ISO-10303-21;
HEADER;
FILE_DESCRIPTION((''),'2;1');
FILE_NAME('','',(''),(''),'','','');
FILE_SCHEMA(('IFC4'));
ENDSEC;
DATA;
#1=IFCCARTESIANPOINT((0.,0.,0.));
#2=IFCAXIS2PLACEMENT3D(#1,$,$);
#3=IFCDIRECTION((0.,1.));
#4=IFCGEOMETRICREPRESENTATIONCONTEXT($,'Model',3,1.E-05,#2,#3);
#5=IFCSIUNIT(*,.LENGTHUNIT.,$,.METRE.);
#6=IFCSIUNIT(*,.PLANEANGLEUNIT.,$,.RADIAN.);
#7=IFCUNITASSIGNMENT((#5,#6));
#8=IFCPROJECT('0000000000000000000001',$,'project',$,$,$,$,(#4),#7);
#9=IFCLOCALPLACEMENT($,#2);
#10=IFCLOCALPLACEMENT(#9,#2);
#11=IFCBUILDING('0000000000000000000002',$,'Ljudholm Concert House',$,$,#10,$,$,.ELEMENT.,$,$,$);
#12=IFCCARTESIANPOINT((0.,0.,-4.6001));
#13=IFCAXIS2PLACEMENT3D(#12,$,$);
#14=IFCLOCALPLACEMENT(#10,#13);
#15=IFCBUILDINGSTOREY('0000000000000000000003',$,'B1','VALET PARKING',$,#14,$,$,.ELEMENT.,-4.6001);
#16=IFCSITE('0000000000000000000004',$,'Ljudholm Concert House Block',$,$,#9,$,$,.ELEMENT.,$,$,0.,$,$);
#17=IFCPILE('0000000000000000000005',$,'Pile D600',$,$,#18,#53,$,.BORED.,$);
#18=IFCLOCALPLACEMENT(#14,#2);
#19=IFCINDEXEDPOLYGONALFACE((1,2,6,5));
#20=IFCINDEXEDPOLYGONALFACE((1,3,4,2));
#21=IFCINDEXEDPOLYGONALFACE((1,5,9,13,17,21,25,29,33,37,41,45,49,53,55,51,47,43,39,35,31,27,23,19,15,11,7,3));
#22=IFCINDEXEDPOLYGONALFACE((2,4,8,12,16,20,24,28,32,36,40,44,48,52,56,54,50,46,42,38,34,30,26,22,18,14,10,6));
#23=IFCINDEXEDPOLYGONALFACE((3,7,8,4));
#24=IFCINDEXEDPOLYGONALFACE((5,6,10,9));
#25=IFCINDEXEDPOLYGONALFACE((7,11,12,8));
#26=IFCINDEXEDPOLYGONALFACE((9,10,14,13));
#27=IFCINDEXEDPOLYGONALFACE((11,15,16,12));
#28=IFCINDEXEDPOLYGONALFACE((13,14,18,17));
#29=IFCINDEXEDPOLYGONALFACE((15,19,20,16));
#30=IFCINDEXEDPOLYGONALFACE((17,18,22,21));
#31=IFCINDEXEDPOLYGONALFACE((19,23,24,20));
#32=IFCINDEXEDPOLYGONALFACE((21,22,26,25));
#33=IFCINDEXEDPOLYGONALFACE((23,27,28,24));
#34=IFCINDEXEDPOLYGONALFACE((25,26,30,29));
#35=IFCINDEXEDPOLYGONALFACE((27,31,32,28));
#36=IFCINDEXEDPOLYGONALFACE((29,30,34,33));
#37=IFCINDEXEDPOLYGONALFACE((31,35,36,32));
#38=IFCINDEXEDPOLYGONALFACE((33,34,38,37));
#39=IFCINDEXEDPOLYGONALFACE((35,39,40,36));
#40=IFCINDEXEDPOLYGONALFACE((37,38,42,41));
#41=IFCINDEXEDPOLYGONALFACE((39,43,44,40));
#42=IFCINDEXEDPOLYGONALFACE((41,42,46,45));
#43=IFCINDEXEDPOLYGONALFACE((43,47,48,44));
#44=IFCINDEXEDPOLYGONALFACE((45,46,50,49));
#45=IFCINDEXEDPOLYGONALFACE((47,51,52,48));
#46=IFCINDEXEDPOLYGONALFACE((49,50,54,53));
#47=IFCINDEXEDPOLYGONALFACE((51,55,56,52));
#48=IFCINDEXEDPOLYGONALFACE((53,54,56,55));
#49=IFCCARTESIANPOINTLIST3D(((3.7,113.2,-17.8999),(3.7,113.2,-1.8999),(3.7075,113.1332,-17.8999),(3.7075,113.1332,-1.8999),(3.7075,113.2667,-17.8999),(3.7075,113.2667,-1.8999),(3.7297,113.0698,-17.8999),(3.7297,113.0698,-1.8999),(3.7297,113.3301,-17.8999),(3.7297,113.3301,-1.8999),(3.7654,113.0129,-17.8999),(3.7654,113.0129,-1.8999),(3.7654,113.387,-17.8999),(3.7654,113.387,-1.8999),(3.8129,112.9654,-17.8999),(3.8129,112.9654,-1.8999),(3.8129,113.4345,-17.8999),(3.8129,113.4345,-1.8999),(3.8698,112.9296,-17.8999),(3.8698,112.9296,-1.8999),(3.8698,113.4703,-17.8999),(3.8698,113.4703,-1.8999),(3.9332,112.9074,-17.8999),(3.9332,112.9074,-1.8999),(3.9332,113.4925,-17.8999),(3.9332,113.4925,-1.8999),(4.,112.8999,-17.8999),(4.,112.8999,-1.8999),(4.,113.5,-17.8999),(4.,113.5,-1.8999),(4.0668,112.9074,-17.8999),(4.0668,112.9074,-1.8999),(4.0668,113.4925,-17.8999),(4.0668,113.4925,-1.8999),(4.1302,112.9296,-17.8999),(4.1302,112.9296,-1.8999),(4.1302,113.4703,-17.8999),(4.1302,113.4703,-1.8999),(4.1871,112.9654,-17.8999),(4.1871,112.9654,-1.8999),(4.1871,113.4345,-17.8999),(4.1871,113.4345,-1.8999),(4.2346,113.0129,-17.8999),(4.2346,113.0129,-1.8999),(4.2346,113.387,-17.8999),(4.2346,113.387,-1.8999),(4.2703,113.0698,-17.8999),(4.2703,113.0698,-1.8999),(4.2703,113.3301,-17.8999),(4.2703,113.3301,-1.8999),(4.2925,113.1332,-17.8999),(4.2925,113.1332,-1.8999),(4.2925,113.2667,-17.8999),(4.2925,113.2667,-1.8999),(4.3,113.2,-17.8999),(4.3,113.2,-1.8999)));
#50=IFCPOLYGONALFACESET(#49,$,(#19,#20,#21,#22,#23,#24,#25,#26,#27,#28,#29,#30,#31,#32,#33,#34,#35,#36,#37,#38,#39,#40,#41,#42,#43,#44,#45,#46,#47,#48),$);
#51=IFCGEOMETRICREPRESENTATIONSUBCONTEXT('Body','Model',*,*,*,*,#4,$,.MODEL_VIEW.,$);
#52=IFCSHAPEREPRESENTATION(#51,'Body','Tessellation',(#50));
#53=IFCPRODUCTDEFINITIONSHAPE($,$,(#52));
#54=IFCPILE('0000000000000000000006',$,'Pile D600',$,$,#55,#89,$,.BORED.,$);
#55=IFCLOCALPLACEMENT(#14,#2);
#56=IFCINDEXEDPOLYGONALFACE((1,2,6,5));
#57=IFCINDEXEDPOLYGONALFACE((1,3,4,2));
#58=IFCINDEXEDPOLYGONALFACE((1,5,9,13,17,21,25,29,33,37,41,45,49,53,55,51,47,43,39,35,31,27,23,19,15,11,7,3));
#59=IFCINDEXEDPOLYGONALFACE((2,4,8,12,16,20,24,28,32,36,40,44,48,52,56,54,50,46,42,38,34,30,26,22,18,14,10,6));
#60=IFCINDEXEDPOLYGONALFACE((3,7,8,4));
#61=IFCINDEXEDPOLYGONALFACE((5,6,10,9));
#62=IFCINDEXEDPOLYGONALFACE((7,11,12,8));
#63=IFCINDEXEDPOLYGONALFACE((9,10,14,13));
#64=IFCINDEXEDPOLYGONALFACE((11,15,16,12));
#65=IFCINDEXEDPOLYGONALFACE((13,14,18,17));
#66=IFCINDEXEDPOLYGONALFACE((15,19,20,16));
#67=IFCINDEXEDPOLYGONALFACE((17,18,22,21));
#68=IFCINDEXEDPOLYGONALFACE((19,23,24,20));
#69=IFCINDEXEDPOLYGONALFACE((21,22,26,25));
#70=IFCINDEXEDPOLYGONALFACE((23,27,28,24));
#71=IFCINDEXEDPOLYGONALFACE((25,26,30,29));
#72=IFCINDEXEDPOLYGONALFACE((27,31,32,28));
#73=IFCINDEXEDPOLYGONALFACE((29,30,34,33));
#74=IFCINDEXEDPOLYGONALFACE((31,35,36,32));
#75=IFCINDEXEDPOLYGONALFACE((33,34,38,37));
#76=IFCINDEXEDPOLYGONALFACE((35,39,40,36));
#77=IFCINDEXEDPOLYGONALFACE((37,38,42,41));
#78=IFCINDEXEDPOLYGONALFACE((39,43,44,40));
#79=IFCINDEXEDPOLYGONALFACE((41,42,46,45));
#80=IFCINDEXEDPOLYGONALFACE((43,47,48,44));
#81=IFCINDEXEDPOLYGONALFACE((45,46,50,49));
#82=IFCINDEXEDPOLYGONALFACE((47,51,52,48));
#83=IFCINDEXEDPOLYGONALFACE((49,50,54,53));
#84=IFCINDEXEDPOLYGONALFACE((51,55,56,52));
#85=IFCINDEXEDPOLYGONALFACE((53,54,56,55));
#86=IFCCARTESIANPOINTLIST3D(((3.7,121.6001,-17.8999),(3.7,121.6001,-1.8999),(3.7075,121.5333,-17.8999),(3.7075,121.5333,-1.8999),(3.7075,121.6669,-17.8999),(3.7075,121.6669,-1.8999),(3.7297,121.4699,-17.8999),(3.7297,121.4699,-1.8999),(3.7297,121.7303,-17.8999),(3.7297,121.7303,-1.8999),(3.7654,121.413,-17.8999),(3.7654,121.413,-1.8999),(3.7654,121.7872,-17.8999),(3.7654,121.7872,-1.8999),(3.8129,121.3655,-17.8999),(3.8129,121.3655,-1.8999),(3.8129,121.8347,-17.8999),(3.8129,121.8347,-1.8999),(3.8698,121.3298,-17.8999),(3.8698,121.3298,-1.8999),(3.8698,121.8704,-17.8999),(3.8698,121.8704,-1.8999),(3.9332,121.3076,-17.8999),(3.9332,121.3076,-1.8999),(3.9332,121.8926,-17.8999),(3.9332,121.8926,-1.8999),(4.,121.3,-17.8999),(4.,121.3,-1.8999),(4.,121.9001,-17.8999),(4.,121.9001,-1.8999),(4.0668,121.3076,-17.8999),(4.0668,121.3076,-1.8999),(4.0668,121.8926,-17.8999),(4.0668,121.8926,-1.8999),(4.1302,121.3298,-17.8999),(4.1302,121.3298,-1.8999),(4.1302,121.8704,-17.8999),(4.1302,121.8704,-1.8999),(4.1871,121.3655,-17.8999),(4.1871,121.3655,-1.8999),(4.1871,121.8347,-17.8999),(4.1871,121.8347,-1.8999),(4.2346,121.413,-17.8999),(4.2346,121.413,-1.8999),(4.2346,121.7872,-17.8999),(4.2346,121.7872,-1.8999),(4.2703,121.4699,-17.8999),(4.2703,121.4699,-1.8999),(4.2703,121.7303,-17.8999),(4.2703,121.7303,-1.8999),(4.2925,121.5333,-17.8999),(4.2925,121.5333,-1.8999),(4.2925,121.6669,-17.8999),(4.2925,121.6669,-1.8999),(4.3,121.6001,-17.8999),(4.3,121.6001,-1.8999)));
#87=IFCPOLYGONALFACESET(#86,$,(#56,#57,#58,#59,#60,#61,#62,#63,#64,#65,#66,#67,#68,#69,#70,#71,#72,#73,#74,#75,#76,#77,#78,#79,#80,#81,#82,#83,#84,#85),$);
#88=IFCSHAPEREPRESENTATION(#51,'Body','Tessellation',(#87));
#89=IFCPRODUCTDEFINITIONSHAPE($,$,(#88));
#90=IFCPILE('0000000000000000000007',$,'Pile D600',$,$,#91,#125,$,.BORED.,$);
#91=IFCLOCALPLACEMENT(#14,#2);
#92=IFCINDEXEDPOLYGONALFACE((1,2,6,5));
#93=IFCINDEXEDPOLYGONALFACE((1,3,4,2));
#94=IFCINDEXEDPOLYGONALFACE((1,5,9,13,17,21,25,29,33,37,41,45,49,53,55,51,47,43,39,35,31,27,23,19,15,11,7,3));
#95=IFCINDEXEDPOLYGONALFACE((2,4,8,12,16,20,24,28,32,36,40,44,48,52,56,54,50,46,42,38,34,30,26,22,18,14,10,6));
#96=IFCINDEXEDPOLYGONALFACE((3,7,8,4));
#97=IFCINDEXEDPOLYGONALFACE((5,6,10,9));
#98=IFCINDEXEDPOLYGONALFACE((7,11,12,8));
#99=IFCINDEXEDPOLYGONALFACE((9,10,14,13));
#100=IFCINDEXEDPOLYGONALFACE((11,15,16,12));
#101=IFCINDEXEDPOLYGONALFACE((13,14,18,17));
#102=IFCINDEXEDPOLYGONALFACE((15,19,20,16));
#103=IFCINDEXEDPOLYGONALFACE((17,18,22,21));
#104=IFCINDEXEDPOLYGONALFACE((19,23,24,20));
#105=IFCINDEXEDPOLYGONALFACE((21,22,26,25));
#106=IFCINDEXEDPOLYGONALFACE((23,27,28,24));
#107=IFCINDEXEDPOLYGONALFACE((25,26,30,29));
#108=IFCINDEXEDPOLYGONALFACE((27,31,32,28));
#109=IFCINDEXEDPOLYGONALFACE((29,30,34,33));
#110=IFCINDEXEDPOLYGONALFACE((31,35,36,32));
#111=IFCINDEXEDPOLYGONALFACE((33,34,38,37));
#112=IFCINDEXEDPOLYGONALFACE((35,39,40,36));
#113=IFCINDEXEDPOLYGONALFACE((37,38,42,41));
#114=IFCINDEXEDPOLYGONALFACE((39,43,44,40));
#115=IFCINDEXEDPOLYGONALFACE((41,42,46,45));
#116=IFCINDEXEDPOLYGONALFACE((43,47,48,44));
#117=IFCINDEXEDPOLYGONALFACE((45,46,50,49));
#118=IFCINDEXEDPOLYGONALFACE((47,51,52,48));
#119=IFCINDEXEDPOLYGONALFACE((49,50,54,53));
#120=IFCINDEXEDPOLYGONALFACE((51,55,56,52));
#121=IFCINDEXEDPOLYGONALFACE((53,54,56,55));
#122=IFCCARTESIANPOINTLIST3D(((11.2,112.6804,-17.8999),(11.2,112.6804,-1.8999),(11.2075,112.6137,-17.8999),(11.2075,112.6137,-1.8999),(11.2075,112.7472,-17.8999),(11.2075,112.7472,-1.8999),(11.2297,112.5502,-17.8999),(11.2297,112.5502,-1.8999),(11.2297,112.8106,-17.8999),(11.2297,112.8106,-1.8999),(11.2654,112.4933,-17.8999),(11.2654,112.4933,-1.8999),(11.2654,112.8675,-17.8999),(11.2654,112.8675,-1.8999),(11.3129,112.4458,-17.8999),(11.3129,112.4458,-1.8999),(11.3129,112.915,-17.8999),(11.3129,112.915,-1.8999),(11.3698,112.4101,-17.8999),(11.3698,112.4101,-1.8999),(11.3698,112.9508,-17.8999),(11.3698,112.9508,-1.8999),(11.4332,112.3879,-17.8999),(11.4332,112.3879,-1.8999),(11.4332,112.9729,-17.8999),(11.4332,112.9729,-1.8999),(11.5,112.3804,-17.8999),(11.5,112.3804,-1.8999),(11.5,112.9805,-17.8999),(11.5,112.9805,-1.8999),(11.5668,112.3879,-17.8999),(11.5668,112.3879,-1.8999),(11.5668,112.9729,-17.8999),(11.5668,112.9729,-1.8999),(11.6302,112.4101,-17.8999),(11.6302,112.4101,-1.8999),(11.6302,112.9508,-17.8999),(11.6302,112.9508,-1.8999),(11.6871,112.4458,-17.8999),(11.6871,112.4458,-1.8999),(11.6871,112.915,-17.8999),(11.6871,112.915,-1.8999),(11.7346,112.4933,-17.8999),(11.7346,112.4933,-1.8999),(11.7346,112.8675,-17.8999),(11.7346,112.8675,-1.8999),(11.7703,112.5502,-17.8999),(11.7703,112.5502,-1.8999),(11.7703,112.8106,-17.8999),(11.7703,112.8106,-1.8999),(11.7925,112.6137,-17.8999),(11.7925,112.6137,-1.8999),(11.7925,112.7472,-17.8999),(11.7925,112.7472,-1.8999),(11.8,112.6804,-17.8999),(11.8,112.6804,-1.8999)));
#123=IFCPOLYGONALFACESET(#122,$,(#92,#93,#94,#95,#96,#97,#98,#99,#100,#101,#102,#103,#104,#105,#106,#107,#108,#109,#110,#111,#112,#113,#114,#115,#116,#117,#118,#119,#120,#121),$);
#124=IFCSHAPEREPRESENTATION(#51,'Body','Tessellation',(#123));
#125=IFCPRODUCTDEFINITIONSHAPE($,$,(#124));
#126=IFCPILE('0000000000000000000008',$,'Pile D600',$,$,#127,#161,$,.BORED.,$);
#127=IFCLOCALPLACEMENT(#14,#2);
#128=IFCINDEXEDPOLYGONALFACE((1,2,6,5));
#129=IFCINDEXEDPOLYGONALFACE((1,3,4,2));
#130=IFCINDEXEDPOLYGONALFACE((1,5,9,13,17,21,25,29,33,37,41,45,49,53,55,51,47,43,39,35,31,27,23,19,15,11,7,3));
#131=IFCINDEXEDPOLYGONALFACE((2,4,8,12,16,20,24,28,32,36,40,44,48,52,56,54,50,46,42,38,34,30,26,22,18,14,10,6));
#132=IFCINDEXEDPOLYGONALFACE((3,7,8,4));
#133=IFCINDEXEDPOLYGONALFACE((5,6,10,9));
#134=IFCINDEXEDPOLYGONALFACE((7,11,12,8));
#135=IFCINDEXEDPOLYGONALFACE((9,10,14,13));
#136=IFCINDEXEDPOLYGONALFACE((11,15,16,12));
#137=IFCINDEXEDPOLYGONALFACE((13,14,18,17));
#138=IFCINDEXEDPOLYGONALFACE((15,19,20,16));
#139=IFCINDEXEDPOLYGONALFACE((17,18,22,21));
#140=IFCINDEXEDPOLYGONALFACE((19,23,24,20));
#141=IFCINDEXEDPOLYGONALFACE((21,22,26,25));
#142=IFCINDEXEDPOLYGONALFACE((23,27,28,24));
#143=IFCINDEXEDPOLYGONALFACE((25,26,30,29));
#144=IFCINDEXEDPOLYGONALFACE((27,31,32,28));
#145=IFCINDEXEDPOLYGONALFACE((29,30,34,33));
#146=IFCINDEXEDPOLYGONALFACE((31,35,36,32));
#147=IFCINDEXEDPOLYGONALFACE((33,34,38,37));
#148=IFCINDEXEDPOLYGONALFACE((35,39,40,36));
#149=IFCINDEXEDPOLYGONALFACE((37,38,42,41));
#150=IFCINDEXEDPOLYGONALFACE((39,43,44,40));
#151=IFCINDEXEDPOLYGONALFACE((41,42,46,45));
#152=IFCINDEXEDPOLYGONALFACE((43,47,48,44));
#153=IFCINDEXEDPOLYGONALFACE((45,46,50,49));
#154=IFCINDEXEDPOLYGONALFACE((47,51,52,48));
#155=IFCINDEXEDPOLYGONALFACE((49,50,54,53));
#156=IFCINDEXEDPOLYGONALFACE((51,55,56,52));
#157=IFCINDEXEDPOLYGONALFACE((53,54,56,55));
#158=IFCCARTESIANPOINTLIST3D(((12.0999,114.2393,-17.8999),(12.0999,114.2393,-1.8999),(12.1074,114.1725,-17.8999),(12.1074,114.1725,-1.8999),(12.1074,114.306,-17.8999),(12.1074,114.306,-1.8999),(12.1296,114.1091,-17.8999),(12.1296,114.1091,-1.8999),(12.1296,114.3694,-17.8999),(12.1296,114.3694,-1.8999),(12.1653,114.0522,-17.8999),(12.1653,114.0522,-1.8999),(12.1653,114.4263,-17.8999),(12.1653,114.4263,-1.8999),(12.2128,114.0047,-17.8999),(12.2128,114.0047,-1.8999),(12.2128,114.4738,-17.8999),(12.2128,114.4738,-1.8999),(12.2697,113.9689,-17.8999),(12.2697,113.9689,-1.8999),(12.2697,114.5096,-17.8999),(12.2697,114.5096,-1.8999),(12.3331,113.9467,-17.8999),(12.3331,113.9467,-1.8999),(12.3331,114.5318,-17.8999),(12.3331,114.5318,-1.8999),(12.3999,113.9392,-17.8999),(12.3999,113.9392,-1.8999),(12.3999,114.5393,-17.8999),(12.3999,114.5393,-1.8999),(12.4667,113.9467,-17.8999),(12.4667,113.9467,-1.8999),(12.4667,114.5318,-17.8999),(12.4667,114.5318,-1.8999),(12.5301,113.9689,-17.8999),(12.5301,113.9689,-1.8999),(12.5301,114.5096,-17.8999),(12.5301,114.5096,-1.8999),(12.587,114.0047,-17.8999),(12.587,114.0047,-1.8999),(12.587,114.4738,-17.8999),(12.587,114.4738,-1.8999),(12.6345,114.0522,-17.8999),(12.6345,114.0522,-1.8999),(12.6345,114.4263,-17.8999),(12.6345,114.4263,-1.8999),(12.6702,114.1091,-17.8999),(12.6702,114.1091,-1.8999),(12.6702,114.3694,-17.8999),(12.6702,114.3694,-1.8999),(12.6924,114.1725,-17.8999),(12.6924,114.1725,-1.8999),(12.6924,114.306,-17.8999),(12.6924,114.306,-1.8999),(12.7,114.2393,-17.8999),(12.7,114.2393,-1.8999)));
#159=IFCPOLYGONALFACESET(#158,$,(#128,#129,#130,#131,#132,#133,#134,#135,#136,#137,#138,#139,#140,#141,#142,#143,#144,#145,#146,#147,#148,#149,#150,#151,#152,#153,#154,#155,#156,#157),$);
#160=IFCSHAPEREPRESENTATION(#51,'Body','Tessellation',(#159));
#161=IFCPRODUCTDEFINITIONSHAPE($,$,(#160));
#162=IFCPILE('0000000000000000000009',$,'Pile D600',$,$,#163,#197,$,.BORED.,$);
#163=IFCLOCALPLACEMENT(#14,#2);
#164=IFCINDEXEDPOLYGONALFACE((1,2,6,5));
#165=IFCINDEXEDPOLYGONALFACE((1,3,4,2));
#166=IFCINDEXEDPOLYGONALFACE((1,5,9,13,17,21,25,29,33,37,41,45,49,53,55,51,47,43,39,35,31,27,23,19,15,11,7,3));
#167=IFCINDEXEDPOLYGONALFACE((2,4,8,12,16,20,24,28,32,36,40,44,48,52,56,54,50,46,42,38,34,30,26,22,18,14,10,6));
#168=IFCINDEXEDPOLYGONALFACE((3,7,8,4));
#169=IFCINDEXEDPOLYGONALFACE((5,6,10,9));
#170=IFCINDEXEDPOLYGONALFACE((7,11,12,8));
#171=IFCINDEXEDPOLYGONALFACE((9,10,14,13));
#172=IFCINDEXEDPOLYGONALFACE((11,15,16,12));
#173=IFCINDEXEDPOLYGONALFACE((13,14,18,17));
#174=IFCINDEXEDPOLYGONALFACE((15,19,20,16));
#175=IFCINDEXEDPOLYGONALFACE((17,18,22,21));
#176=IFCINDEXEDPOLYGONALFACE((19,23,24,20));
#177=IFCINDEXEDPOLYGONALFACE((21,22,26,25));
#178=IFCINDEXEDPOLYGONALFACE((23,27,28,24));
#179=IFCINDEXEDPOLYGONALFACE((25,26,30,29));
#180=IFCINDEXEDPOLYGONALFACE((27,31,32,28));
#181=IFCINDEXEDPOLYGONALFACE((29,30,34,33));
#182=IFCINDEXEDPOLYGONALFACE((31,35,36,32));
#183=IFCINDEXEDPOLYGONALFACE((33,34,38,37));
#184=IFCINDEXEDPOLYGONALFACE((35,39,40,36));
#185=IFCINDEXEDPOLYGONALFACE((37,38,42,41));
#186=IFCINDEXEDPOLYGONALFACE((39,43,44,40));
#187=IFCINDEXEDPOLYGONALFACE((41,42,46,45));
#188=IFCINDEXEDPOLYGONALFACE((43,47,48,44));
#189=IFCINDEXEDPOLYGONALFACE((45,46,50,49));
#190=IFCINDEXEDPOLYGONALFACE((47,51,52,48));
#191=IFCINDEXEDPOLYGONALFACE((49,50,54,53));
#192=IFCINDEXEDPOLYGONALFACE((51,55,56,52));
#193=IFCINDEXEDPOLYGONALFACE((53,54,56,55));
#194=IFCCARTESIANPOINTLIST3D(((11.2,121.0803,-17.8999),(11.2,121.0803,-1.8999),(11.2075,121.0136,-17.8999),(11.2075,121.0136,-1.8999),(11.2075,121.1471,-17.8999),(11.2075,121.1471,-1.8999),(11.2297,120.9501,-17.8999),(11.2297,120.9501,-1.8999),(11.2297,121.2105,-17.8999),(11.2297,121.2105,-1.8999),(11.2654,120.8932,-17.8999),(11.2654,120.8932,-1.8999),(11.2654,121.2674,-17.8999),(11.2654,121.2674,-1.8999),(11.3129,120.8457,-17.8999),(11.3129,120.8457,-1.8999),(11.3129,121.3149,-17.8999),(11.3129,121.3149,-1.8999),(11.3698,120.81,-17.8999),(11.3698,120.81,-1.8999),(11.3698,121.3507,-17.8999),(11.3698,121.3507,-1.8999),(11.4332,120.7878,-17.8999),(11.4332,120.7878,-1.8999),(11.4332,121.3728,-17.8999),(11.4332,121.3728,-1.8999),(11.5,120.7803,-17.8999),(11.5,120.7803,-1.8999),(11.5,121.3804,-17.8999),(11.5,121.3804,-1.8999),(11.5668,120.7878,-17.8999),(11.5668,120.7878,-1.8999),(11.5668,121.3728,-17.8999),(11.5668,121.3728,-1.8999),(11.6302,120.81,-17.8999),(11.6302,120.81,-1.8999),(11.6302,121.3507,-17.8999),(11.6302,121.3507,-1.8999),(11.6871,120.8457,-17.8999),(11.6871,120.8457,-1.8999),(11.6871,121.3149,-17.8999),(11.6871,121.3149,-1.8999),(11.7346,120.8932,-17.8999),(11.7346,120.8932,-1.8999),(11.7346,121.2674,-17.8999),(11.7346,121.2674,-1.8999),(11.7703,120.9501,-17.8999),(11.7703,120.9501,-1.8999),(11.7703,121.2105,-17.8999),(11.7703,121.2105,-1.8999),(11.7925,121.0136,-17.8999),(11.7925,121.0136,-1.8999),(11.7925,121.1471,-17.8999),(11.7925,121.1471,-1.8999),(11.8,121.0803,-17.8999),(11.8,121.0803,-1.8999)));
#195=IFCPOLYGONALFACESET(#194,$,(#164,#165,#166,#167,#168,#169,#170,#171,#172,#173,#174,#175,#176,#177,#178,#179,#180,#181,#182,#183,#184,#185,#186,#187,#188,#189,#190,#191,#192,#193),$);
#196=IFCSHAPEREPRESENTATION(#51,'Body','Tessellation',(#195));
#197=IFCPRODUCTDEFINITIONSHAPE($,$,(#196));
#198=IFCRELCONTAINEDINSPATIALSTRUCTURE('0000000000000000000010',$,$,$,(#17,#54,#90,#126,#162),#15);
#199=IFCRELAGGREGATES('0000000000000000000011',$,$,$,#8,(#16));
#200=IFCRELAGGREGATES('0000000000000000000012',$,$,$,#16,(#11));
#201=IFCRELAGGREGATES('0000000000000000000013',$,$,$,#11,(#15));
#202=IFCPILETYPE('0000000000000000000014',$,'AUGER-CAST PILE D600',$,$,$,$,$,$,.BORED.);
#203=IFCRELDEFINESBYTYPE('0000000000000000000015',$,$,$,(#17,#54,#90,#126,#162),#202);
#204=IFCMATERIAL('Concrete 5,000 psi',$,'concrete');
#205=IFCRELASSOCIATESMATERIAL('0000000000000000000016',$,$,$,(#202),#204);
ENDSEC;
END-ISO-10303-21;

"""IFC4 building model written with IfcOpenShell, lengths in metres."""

from ifc_helpers import new_model, si_unit, direction, frame, origin, origin_2d, place, context, subcontext, project, spatial, circle, extrude, material, material_profile, profile_set, type_object, element, save


model = new_model("IFC4")

# Units and contexts
model_context = context("Model", 3, precision=1e-05, world=origin(), true_north=direction((0.0, 1.0)))
body_context = subcontext(model_context, "Body", "Model", "MODEL_VIEW")
ifc_project = project(units=[si_unit("LENGTHUNIT", "METRE"), si_unit("PLANEANGLEUNIT", "RADIAN")], contexts=[model_context])

# Site, building, storey
site_placement = place(None, origin())
site = spatial("IfcSite", under=ifc_project, at=site_placement, Name="Ljudholm Concert House Block", CompositionType="ELEMENT", RefElevation=0.0)
building_placement = place(site_placement, origin())
building = spatial("IfcBuilding", under=site, at=building_placement, Name="Ljudholm Concert House", CompositionType="ELEMENT")
storey_placement = place(building_placement, frame((0.0, 0.0, -4.6001)))
storey = spatial("IfcBuildingStorey", under=building, at=storey_placement, Name="B1", Description="VALET PARKING", CompositionType="ELEMENT", Elevation=-4.6001)

# Piles
ifc_material_1 = material(Name="Concrete 5,000 psi", Category="concrete")
ifc_material_profile_1 = material_profile(ifc_material_1, circle(Radius=0.3, at=origin_2d()), Name="AUGER-CAST PILE D600")
ifc_profile_set_1 = profile_set([ifc_material_profile_1], Name="Concrete 5,000 psi")
pile_type = type_object("IfcPileType", Name="AUGER-CAST PILE D600", PredefinedType="BORED", material=ifc_profile_set_1)
for number, where, z_axis, x_axis, name in (
    (1, (4.0, 113.2, -1.8999), (0.0, 0.0, -1.0), (1.0, 0.0, 0.0), "Pile D600"),
    (2, (4.0, 121.6001, -1.8999), (0.0, 0.0, -1.0), (1.0, 0.0, 0.0), "Pile D600"),
    (3, (11.5, 112.6804, -1.8999), (0.0, 0.0, -1.0), (1.0, 0.0, 0.0), "Pile D600"),
    (4, (12.3999, 114.2393, -1.8999), (0.0, 0.0, -1.0), (1.0, 0.0, 0.0), "Pile D600"),
    (5, (11.5, 121.0803, -1.8999), (0.0, 0.0, -1.0), (1.0, 0.0, 0.0), "Pile D600"),
):
    element("IfcPile", number, at=place(storey_placement, frame(where, z_axis=z_axis, x_axis=x_axis)), inside=storey, type_object=pile_type, Name=name, PredefinedType="BORED", context=body_context, shape_type="SweptSolid", body=[
        extrude(circle(Radius=0.3, at=origin_2d()), origin(), (0.0, 0.0, 1.0), 16.0),
    ])

save(model, "model.ifc")
